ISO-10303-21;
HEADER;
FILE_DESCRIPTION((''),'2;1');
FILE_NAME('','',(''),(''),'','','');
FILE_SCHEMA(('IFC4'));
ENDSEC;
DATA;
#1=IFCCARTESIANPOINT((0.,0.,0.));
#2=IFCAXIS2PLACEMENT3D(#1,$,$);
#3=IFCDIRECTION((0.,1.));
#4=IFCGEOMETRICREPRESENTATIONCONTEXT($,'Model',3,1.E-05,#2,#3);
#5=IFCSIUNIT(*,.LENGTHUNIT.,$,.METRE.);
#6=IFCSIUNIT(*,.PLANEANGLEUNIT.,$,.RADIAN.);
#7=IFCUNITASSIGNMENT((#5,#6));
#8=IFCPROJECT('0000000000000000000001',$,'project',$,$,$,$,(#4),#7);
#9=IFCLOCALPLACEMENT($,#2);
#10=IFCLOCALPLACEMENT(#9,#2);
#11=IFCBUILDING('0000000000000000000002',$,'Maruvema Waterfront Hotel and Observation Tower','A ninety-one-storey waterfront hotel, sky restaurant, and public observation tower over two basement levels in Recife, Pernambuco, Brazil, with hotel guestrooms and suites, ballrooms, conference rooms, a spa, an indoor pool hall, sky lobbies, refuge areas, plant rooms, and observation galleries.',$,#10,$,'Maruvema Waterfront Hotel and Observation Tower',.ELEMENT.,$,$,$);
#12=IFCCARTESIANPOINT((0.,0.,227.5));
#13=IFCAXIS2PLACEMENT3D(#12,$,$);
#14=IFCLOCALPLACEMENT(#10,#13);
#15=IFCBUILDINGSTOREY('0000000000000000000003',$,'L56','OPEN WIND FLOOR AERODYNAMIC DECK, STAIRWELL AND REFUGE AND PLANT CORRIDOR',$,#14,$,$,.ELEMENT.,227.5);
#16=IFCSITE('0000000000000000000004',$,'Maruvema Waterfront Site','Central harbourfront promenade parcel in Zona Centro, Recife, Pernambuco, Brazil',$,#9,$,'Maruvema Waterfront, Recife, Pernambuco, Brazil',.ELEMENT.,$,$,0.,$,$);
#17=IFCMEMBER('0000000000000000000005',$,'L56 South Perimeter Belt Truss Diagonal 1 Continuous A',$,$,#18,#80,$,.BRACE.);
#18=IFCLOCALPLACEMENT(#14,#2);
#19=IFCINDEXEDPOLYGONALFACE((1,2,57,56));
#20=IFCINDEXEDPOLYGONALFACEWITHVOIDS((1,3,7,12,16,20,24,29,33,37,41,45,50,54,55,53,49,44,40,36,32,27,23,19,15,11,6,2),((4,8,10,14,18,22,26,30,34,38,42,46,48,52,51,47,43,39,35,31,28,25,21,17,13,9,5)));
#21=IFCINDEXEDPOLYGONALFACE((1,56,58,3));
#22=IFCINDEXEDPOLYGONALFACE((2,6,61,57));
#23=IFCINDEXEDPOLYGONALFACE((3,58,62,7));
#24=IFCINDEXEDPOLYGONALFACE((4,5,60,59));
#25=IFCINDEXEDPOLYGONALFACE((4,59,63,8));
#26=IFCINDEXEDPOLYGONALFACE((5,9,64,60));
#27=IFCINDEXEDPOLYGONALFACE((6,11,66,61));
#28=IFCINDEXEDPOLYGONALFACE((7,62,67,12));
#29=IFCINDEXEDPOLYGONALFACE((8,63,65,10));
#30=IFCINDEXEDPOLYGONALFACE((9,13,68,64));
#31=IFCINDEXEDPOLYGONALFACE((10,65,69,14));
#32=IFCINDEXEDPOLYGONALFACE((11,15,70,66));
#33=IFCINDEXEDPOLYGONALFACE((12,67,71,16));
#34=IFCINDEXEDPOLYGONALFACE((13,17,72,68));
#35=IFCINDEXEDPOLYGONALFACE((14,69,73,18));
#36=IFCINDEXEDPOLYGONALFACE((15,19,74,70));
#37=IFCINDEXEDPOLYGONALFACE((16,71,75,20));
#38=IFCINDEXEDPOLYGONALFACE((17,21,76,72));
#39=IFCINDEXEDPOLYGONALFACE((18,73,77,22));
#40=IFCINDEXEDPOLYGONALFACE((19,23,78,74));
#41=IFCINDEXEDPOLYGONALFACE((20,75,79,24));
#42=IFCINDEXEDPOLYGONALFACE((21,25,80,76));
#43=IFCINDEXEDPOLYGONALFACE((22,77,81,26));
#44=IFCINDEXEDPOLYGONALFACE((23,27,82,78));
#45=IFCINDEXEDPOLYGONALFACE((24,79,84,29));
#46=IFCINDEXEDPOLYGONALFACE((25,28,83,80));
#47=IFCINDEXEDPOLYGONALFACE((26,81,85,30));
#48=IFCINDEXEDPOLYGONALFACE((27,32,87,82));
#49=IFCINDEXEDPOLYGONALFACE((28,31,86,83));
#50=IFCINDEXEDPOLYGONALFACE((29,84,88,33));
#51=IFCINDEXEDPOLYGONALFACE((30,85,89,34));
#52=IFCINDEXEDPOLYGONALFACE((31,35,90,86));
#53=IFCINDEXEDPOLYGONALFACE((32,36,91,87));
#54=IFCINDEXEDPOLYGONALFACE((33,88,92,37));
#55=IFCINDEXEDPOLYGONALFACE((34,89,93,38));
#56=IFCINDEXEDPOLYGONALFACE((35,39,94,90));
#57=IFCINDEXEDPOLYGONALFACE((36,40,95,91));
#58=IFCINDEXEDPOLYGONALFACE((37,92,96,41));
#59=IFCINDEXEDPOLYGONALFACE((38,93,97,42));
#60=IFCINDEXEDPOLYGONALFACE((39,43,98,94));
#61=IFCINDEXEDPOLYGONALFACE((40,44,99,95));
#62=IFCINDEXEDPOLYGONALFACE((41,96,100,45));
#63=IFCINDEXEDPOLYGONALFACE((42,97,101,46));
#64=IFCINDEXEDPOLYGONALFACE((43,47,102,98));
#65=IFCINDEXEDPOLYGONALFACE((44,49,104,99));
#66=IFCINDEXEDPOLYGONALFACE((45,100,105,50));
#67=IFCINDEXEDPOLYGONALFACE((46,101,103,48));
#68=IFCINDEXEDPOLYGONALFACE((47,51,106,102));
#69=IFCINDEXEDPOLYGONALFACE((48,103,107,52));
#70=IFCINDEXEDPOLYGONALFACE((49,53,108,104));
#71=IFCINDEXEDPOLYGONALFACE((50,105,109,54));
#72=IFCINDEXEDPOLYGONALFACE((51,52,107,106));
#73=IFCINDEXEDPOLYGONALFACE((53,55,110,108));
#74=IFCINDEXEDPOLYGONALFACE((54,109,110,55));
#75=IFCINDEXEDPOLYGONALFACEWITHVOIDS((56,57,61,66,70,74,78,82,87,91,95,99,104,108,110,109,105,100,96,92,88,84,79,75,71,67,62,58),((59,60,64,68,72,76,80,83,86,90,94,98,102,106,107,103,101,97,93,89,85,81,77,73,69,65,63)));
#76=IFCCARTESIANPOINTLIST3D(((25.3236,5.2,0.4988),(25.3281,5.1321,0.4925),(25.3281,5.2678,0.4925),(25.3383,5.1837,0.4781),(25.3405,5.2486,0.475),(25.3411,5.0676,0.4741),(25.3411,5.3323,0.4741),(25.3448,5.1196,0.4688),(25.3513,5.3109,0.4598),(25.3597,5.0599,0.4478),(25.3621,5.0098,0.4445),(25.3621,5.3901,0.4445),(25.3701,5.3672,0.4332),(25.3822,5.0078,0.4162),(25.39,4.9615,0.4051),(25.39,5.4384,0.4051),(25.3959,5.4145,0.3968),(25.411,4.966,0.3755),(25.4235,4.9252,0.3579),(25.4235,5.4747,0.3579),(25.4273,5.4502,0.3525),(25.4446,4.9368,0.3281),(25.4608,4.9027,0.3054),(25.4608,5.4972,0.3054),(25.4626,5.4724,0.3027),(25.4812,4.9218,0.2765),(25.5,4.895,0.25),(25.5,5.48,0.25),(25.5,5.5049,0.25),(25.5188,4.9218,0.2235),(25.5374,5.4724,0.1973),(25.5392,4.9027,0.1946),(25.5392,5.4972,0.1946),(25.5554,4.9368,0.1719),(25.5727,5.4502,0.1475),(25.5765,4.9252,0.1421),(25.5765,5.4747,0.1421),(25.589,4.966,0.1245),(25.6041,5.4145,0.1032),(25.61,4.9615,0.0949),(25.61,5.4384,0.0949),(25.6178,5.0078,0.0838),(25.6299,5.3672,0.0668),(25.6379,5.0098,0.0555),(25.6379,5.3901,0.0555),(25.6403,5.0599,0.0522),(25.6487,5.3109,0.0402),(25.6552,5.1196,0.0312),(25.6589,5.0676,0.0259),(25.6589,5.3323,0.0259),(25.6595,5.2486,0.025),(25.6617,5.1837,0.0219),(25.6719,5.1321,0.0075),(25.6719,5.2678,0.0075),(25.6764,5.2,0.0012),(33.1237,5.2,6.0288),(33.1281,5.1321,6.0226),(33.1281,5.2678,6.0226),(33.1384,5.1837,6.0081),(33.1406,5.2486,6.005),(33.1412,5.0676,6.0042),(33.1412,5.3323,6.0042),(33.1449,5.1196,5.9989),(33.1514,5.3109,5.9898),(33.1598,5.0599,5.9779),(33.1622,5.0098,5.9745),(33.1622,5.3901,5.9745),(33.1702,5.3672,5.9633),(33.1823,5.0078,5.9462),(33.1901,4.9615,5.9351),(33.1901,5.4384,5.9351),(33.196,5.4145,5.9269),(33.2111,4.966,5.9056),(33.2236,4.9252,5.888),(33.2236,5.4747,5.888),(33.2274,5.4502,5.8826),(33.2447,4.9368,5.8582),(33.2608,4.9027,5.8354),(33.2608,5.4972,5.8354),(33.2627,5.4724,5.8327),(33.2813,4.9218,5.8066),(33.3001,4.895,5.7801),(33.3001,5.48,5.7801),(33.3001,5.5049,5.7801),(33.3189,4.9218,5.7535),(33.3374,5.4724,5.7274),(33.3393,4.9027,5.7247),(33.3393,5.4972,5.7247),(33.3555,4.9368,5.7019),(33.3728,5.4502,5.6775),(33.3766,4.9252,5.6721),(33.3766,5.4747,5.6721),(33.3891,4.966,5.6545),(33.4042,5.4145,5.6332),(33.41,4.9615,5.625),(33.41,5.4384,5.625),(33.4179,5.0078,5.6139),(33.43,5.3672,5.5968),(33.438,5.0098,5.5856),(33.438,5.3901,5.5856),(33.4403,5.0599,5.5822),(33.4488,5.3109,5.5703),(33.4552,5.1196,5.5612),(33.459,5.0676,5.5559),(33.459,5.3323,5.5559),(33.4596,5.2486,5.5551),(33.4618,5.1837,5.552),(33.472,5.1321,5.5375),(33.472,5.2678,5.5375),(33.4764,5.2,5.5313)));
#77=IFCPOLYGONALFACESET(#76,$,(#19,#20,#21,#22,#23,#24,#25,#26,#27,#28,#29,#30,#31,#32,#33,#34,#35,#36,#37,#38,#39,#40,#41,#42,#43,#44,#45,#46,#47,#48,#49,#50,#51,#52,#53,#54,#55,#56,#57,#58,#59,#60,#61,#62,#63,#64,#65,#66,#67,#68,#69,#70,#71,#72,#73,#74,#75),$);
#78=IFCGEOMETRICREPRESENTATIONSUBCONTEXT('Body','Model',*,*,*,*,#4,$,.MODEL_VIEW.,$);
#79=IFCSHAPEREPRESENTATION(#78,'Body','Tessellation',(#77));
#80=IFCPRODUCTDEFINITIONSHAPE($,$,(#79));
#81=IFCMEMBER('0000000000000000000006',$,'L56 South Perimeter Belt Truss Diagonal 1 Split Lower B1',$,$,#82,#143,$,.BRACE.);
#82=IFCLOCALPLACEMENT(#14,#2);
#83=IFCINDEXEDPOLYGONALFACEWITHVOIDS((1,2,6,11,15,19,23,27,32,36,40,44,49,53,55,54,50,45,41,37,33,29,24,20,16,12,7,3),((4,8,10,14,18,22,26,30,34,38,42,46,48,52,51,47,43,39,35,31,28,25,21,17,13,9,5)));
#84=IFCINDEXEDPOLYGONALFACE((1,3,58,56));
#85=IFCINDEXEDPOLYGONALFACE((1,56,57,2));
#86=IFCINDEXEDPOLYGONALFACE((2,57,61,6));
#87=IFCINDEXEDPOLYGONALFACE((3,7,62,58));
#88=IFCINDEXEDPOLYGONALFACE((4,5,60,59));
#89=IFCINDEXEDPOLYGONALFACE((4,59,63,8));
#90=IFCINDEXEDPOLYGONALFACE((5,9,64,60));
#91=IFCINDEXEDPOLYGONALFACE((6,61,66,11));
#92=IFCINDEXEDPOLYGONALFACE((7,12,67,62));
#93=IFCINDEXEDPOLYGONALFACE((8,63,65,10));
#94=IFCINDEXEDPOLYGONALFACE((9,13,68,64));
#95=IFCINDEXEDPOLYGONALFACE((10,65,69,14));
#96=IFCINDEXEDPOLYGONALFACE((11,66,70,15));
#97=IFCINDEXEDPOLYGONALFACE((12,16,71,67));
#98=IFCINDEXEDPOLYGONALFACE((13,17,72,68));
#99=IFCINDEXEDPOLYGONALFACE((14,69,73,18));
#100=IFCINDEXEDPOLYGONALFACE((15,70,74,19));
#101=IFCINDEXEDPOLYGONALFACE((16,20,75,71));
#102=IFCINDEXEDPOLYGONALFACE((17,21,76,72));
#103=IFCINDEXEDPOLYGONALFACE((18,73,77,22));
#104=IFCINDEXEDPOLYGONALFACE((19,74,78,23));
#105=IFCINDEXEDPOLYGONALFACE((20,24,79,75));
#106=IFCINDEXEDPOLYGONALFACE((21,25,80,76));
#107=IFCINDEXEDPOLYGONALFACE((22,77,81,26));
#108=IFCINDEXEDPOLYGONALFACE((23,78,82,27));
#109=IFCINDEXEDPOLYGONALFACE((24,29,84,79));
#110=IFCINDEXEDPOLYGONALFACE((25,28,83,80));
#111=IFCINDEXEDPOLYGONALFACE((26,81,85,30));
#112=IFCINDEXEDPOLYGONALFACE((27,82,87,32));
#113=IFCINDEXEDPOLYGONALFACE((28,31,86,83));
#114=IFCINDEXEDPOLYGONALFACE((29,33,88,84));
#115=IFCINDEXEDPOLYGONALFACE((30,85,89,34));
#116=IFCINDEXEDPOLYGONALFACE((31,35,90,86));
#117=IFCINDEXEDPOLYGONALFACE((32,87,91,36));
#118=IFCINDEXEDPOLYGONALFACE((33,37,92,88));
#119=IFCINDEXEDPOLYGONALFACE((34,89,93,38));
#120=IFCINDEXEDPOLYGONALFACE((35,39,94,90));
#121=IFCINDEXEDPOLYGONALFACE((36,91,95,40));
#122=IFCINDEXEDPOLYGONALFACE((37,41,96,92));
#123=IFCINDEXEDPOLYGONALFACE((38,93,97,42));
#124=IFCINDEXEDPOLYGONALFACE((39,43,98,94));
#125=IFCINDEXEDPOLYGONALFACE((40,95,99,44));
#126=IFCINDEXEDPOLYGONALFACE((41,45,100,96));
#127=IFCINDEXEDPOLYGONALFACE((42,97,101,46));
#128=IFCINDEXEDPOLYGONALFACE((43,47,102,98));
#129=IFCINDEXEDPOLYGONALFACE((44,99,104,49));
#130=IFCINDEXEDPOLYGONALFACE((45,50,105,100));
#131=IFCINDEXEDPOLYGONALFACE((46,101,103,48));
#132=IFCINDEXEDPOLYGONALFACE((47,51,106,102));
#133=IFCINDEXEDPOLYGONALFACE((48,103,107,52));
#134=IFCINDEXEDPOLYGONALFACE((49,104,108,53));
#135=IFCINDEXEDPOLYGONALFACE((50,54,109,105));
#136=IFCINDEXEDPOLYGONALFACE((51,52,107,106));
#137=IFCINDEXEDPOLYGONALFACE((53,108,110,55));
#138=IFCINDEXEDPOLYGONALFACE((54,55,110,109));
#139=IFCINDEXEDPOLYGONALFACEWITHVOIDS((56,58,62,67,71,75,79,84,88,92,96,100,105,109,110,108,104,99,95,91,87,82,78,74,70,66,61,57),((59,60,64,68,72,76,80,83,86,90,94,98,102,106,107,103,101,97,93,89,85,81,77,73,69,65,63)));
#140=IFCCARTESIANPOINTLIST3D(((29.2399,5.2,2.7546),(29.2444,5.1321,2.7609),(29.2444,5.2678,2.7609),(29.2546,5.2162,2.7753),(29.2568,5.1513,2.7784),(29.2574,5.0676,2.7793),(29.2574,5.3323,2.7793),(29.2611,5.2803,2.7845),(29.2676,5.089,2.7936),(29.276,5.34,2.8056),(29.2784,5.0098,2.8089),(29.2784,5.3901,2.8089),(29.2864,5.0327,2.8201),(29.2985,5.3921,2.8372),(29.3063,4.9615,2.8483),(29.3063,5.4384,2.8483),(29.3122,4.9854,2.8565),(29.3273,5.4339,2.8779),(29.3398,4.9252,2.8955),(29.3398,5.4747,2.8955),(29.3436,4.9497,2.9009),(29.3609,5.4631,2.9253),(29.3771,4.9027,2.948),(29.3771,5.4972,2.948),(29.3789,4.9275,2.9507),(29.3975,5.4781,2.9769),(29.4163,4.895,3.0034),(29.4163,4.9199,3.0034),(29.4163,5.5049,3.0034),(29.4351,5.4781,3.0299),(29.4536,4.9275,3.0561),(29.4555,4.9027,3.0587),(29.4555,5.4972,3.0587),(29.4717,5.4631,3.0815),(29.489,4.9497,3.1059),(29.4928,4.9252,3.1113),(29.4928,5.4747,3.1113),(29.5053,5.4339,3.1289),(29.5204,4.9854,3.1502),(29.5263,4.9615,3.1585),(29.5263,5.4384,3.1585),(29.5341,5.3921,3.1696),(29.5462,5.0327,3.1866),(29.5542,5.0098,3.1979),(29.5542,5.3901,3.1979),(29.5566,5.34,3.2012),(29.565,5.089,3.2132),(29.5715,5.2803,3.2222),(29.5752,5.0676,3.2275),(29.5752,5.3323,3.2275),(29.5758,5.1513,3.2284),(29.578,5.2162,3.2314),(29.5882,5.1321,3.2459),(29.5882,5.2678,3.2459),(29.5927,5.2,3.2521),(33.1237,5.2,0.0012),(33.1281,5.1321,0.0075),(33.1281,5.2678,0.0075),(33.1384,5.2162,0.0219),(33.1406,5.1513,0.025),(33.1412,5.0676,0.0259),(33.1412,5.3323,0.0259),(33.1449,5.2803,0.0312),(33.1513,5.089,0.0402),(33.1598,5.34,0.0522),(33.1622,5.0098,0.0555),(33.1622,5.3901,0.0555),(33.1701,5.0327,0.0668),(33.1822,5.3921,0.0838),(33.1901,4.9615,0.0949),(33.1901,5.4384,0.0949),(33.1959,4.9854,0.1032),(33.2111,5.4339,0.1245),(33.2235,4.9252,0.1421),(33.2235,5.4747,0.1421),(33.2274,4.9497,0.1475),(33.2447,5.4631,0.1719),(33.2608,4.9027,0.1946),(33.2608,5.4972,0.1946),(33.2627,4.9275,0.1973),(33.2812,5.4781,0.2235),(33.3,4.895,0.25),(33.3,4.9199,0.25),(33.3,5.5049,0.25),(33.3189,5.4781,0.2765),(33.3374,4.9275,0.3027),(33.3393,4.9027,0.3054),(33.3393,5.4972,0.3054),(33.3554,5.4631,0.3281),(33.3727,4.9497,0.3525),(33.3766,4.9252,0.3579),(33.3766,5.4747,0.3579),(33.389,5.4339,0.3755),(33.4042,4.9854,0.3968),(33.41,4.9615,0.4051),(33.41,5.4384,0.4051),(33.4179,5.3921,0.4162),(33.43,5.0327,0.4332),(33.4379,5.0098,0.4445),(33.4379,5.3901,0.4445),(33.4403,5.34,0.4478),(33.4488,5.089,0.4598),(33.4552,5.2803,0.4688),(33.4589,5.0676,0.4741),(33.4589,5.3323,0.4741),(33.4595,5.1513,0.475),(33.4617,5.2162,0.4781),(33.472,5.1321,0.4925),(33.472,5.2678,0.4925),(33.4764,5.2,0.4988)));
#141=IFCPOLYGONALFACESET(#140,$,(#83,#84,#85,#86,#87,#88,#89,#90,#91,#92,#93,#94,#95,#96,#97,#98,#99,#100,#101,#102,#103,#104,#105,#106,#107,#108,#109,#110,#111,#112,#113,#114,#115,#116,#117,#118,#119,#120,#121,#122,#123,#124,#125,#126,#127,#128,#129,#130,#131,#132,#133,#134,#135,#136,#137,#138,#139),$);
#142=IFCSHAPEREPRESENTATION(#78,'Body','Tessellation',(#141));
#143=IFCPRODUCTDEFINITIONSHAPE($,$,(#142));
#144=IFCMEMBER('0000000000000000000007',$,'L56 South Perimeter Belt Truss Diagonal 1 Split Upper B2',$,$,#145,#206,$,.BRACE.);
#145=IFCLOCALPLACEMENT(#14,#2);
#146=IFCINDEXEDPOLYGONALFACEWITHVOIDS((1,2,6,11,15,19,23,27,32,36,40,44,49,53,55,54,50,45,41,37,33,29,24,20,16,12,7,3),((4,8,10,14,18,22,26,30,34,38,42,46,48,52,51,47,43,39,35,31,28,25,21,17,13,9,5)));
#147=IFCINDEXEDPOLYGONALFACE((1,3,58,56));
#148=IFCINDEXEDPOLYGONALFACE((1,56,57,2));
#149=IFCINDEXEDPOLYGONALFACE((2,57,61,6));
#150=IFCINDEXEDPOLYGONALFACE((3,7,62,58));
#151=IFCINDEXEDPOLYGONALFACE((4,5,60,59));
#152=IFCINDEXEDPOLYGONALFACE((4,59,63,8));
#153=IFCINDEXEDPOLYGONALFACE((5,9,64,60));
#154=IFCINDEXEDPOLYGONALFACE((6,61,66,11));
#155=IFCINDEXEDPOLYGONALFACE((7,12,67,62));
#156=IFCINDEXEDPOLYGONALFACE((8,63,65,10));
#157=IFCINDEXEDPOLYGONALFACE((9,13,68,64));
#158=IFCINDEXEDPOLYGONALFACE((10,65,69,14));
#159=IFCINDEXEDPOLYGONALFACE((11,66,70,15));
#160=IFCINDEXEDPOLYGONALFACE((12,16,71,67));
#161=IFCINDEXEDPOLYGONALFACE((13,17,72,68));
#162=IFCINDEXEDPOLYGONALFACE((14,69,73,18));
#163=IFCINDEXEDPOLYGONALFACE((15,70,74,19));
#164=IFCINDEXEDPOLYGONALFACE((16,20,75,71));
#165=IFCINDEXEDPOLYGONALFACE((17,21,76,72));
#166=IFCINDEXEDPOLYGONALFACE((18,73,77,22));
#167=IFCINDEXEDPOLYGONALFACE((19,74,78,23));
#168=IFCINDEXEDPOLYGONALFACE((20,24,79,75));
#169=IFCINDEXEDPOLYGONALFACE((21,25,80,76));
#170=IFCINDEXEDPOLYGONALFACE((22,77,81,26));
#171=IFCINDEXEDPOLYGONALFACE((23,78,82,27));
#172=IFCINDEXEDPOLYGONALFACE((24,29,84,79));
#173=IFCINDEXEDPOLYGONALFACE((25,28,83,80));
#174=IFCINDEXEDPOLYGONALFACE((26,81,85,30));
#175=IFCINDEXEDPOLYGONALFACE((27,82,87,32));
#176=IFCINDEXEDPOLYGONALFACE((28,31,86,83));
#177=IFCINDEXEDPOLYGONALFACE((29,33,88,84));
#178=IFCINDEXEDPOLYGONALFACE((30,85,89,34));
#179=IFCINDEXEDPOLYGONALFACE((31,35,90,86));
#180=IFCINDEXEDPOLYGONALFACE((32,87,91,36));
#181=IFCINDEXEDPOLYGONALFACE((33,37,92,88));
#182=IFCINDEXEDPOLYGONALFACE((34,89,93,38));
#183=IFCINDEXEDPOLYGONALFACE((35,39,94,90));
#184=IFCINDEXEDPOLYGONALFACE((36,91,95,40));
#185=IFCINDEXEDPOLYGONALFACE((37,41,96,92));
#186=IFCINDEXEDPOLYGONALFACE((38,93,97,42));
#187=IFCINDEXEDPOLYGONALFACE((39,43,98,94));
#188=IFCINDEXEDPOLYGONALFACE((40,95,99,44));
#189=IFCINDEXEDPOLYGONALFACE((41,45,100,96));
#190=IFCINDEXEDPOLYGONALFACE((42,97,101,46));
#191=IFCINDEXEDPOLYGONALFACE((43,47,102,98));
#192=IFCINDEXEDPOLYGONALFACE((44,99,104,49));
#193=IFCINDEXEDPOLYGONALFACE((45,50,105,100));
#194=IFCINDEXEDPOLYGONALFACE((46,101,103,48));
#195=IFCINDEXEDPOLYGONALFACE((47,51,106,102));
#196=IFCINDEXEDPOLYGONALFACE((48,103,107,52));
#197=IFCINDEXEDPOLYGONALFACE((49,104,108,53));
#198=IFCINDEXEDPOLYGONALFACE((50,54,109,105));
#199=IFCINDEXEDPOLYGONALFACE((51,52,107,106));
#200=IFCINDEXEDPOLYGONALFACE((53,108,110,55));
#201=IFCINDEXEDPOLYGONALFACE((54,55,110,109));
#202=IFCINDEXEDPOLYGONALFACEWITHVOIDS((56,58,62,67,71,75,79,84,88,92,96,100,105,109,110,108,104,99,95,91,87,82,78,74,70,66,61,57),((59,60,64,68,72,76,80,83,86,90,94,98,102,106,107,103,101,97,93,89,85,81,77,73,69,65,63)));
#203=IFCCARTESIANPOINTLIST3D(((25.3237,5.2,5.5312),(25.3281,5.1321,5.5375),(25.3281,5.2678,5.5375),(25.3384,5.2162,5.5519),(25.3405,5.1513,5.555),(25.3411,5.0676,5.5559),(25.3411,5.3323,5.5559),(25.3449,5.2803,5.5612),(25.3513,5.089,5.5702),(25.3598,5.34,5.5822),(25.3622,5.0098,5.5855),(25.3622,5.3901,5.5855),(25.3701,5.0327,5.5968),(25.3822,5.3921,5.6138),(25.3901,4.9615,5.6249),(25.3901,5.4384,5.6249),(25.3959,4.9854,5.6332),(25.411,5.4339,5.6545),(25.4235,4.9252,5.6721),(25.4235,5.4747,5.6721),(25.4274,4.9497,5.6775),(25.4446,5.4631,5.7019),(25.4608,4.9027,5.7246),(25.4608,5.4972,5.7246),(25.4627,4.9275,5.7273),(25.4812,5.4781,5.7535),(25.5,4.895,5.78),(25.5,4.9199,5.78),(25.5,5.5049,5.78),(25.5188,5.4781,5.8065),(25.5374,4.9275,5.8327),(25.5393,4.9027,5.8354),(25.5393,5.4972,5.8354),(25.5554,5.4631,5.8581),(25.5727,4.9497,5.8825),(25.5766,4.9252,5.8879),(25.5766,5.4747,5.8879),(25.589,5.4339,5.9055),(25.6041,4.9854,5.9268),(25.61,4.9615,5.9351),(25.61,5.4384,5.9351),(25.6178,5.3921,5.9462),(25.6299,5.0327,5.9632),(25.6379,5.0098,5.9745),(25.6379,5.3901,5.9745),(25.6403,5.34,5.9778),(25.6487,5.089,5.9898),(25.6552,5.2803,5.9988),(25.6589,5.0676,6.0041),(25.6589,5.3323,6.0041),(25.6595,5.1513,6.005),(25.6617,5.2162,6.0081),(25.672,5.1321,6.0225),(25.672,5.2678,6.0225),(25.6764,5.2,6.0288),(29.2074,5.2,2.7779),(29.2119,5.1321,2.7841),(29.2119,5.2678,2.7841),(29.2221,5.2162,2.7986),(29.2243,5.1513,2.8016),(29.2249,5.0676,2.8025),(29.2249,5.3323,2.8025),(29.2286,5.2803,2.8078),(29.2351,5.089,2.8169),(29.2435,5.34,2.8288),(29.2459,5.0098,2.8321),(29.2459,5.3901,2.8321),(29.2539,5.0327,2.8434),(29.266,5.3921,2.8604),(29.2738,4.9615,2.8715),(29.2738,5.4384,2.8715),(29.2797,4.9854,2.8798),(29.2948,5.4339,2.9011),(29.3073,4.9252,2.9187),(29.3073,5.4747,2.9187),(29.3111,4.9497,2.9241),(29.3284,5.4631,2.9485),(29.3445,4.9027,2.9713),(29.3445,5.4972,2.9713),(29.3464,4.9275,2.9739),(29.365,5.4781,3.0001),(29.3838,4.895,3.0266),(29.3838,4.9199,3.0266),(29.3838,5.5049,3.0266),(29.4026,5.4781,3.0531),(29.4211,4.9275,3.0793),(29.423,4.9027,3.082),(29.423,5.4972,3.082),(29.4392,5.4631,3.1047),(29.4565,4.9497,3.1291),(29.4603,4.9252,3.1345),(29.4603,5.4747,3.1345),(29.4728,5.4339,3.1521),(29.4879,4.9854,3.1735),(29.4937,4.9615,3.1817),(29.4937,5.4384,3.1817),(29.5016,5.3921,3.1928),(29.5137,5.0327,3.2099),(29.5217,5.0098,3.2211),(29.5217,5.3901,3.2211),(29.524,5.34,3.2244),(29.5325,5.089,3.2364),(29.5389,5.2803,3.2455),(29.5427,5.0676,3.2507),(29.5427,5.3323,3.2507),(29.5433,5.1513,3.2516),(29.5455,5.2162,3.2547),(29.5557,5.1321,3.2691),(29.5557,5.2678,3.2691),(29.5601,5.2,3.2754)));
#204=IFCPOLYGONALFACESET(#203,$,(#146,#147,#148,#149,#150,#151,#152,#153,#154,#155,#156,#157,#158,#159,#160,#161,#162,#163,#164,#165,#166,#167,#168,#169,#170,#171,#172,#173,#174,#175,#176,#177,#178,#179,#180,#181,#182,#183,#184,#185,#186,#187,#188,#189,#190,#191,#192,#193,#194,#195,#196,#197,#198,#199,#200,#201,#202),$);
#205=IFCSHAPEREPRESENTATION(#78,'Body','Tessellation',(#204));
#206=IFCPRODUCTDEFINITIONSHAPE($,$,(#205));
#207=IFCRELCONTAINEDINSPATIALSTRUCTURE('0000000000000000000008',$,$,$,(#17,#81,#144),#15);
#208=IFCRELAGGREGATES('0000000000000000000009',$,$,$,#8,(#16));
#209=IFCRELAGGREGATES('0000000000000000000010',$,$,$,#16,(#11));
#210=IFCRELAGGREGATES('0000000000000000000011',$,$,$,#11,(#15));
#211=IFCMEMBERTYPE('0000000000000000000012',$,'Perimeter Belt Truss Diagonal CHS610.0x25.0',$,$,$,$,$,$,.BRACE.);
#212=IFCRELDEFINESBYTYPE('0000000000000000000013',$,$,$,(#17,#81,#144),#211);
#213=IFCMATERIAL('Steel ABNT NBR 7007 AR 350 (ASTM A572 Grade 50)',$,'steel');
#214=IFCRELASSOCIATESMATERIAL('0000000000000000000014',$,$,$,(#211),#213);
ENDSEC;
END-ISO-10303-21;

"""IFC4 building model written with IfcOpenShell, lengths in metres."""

from ifc_helpers import new_model, si_unit, direction, frame, origin, origin_2d, place, context, subcontext, project, spatial, hollow_circle, extrude, material, material_profile, profile_set, type_object, element, save


model = new_model("IFC4")

# Units and contexts
model_context = context("Model", 3, precision=1e-05, world=origin(), true_north=direction((0.0, 1.0)))
body_context = subcontext(model_context, "Body", "Model", "MODEL_VIEW")
ifc_project = project(units=[si_unit("LENGTHUNIT", "METRE"), si_unit("PLANEANGLEUNIT", "RADIAN")], contexts=[model_context])

# Site, building, storey
site_placement = place(None, origin())
site = spatial("IfcSite", under=ifc_project, at=site_placement, Name="Maruvema Waterfront Site", Description="Central harbourfront promenade parcel in Zona Centro, Recife, Pernambuco, Brazil", LongName="Maruvema Waterfront, Recife, Pernambuco, Brazil", CompositionType="ELEMENT", RefElevation=0.0)
building_placement = place(site_placement, origin())
building = spatial("IfcBuilding", under=site, at=building_placement, Name="Maruvema Waterfront Hotel and Observation Tower", Description="A ninety-one-storey waterfront hotel, sky restaurant, and public observation tower over two basement levels in Recife, Pernambuco, Brazil, with hotel guestrooms and suites, ballrooms, conference rooms, a spa, an indoor pool hall, sky lobbies, refuge areas, plant rooms, and observation galleries.", LongName="Maruvema Waterfront Hotel and Observation Tower", CompositionType="ELEMENT")
storey_placement = place(building_placement, frame((0.0, 0.0, 227.5)))
storey = spatial("IfcBuildingStorey", under=building, at=storey_placement, Name="L56", Description="OPEN WIND FLOOR AERODYNAMIC DECK, STAIRWELL AND REFUGE AND PLANT CORRIDOR", CompositionType="ELEMENT", Elevation=227.5)

# Members
ifc_material_1 = material(Name="Steel ABNT NBR 7007 AR 350 (ASTM A572 Grade 50)", Category="steel")
ifc_material_profile_1 = material_profile(ifc_material_1, hollow_circle(Radius=0.3049, WallThickness=0.0249, at=origin_2d()), Name="CHS610.0x25.0")
ifc_profile_set_1 = profile_set([ifc_material_profile_1], Name="Steel ABNT NBR 7007 AR 350 (ASTM A572 Grade 50)")
member_type_1 = type_object("IfcMemberType", Name="Perimeter Belt Truss Diagonal CHS610.0x25.0", PredefinedType="BRACE", material=ifc_profile_set_1)
member_1_placement = place(storey_placement, frame((25.5, 5.2, 0.25), z_axis=(0.815778, 0.0, 0.578365), x_axis=(0.0, 1.0, 0.0)))
element("IfcMember", 1, at=member_1_placement, inside=storey, type_object=member_type_1, Name="L56 South Perimeter Belt Truss Diagonal 1 Continuous A", PredefinedType="BRACE", context=body_context, shape_type="SweptSolid", body=[
    extrude(hollow_circle(Radius=0.3049, WallThickness=0.0249, at=origin_2d()), origin(), (0.0, 0.0, 1.0), 9.5615),
])
for number, where, z_axis, x_axis, name in (
    (2, (33.3, 5.2, 0.25), (-0.815787, 0.0, 0.578353), (0.0, -1.0, 0.0), "L56 South Perimeter Belt Truss Diagonal 1 Split Lower B1"),
    (3, (29.3838, 5.2, 3.0266), (-0.815787, 0.0, 0.578353), (0.0, -1.0, 0.0), "L56 South Perimeter Belt Truss Diagonal 1 Split Upper B2"),
):
    element("IfcMember", number, at=place(storey_placement, frame(where, z_axis=z_axis, x_axis=x_axis)), inside=storey, type_object=member_type_1, Name=name, PredefinedType="BRACE", context=body_context, shape_type="SweptSolid", body=[
        extrude(hollow_circle(Radius=0.3049, WallThickness=0.0249, at=origin_2d()), origin(), (0.0, 0.0, 1.0), 4.7607),
    ])

save(model, "model.ifc")
